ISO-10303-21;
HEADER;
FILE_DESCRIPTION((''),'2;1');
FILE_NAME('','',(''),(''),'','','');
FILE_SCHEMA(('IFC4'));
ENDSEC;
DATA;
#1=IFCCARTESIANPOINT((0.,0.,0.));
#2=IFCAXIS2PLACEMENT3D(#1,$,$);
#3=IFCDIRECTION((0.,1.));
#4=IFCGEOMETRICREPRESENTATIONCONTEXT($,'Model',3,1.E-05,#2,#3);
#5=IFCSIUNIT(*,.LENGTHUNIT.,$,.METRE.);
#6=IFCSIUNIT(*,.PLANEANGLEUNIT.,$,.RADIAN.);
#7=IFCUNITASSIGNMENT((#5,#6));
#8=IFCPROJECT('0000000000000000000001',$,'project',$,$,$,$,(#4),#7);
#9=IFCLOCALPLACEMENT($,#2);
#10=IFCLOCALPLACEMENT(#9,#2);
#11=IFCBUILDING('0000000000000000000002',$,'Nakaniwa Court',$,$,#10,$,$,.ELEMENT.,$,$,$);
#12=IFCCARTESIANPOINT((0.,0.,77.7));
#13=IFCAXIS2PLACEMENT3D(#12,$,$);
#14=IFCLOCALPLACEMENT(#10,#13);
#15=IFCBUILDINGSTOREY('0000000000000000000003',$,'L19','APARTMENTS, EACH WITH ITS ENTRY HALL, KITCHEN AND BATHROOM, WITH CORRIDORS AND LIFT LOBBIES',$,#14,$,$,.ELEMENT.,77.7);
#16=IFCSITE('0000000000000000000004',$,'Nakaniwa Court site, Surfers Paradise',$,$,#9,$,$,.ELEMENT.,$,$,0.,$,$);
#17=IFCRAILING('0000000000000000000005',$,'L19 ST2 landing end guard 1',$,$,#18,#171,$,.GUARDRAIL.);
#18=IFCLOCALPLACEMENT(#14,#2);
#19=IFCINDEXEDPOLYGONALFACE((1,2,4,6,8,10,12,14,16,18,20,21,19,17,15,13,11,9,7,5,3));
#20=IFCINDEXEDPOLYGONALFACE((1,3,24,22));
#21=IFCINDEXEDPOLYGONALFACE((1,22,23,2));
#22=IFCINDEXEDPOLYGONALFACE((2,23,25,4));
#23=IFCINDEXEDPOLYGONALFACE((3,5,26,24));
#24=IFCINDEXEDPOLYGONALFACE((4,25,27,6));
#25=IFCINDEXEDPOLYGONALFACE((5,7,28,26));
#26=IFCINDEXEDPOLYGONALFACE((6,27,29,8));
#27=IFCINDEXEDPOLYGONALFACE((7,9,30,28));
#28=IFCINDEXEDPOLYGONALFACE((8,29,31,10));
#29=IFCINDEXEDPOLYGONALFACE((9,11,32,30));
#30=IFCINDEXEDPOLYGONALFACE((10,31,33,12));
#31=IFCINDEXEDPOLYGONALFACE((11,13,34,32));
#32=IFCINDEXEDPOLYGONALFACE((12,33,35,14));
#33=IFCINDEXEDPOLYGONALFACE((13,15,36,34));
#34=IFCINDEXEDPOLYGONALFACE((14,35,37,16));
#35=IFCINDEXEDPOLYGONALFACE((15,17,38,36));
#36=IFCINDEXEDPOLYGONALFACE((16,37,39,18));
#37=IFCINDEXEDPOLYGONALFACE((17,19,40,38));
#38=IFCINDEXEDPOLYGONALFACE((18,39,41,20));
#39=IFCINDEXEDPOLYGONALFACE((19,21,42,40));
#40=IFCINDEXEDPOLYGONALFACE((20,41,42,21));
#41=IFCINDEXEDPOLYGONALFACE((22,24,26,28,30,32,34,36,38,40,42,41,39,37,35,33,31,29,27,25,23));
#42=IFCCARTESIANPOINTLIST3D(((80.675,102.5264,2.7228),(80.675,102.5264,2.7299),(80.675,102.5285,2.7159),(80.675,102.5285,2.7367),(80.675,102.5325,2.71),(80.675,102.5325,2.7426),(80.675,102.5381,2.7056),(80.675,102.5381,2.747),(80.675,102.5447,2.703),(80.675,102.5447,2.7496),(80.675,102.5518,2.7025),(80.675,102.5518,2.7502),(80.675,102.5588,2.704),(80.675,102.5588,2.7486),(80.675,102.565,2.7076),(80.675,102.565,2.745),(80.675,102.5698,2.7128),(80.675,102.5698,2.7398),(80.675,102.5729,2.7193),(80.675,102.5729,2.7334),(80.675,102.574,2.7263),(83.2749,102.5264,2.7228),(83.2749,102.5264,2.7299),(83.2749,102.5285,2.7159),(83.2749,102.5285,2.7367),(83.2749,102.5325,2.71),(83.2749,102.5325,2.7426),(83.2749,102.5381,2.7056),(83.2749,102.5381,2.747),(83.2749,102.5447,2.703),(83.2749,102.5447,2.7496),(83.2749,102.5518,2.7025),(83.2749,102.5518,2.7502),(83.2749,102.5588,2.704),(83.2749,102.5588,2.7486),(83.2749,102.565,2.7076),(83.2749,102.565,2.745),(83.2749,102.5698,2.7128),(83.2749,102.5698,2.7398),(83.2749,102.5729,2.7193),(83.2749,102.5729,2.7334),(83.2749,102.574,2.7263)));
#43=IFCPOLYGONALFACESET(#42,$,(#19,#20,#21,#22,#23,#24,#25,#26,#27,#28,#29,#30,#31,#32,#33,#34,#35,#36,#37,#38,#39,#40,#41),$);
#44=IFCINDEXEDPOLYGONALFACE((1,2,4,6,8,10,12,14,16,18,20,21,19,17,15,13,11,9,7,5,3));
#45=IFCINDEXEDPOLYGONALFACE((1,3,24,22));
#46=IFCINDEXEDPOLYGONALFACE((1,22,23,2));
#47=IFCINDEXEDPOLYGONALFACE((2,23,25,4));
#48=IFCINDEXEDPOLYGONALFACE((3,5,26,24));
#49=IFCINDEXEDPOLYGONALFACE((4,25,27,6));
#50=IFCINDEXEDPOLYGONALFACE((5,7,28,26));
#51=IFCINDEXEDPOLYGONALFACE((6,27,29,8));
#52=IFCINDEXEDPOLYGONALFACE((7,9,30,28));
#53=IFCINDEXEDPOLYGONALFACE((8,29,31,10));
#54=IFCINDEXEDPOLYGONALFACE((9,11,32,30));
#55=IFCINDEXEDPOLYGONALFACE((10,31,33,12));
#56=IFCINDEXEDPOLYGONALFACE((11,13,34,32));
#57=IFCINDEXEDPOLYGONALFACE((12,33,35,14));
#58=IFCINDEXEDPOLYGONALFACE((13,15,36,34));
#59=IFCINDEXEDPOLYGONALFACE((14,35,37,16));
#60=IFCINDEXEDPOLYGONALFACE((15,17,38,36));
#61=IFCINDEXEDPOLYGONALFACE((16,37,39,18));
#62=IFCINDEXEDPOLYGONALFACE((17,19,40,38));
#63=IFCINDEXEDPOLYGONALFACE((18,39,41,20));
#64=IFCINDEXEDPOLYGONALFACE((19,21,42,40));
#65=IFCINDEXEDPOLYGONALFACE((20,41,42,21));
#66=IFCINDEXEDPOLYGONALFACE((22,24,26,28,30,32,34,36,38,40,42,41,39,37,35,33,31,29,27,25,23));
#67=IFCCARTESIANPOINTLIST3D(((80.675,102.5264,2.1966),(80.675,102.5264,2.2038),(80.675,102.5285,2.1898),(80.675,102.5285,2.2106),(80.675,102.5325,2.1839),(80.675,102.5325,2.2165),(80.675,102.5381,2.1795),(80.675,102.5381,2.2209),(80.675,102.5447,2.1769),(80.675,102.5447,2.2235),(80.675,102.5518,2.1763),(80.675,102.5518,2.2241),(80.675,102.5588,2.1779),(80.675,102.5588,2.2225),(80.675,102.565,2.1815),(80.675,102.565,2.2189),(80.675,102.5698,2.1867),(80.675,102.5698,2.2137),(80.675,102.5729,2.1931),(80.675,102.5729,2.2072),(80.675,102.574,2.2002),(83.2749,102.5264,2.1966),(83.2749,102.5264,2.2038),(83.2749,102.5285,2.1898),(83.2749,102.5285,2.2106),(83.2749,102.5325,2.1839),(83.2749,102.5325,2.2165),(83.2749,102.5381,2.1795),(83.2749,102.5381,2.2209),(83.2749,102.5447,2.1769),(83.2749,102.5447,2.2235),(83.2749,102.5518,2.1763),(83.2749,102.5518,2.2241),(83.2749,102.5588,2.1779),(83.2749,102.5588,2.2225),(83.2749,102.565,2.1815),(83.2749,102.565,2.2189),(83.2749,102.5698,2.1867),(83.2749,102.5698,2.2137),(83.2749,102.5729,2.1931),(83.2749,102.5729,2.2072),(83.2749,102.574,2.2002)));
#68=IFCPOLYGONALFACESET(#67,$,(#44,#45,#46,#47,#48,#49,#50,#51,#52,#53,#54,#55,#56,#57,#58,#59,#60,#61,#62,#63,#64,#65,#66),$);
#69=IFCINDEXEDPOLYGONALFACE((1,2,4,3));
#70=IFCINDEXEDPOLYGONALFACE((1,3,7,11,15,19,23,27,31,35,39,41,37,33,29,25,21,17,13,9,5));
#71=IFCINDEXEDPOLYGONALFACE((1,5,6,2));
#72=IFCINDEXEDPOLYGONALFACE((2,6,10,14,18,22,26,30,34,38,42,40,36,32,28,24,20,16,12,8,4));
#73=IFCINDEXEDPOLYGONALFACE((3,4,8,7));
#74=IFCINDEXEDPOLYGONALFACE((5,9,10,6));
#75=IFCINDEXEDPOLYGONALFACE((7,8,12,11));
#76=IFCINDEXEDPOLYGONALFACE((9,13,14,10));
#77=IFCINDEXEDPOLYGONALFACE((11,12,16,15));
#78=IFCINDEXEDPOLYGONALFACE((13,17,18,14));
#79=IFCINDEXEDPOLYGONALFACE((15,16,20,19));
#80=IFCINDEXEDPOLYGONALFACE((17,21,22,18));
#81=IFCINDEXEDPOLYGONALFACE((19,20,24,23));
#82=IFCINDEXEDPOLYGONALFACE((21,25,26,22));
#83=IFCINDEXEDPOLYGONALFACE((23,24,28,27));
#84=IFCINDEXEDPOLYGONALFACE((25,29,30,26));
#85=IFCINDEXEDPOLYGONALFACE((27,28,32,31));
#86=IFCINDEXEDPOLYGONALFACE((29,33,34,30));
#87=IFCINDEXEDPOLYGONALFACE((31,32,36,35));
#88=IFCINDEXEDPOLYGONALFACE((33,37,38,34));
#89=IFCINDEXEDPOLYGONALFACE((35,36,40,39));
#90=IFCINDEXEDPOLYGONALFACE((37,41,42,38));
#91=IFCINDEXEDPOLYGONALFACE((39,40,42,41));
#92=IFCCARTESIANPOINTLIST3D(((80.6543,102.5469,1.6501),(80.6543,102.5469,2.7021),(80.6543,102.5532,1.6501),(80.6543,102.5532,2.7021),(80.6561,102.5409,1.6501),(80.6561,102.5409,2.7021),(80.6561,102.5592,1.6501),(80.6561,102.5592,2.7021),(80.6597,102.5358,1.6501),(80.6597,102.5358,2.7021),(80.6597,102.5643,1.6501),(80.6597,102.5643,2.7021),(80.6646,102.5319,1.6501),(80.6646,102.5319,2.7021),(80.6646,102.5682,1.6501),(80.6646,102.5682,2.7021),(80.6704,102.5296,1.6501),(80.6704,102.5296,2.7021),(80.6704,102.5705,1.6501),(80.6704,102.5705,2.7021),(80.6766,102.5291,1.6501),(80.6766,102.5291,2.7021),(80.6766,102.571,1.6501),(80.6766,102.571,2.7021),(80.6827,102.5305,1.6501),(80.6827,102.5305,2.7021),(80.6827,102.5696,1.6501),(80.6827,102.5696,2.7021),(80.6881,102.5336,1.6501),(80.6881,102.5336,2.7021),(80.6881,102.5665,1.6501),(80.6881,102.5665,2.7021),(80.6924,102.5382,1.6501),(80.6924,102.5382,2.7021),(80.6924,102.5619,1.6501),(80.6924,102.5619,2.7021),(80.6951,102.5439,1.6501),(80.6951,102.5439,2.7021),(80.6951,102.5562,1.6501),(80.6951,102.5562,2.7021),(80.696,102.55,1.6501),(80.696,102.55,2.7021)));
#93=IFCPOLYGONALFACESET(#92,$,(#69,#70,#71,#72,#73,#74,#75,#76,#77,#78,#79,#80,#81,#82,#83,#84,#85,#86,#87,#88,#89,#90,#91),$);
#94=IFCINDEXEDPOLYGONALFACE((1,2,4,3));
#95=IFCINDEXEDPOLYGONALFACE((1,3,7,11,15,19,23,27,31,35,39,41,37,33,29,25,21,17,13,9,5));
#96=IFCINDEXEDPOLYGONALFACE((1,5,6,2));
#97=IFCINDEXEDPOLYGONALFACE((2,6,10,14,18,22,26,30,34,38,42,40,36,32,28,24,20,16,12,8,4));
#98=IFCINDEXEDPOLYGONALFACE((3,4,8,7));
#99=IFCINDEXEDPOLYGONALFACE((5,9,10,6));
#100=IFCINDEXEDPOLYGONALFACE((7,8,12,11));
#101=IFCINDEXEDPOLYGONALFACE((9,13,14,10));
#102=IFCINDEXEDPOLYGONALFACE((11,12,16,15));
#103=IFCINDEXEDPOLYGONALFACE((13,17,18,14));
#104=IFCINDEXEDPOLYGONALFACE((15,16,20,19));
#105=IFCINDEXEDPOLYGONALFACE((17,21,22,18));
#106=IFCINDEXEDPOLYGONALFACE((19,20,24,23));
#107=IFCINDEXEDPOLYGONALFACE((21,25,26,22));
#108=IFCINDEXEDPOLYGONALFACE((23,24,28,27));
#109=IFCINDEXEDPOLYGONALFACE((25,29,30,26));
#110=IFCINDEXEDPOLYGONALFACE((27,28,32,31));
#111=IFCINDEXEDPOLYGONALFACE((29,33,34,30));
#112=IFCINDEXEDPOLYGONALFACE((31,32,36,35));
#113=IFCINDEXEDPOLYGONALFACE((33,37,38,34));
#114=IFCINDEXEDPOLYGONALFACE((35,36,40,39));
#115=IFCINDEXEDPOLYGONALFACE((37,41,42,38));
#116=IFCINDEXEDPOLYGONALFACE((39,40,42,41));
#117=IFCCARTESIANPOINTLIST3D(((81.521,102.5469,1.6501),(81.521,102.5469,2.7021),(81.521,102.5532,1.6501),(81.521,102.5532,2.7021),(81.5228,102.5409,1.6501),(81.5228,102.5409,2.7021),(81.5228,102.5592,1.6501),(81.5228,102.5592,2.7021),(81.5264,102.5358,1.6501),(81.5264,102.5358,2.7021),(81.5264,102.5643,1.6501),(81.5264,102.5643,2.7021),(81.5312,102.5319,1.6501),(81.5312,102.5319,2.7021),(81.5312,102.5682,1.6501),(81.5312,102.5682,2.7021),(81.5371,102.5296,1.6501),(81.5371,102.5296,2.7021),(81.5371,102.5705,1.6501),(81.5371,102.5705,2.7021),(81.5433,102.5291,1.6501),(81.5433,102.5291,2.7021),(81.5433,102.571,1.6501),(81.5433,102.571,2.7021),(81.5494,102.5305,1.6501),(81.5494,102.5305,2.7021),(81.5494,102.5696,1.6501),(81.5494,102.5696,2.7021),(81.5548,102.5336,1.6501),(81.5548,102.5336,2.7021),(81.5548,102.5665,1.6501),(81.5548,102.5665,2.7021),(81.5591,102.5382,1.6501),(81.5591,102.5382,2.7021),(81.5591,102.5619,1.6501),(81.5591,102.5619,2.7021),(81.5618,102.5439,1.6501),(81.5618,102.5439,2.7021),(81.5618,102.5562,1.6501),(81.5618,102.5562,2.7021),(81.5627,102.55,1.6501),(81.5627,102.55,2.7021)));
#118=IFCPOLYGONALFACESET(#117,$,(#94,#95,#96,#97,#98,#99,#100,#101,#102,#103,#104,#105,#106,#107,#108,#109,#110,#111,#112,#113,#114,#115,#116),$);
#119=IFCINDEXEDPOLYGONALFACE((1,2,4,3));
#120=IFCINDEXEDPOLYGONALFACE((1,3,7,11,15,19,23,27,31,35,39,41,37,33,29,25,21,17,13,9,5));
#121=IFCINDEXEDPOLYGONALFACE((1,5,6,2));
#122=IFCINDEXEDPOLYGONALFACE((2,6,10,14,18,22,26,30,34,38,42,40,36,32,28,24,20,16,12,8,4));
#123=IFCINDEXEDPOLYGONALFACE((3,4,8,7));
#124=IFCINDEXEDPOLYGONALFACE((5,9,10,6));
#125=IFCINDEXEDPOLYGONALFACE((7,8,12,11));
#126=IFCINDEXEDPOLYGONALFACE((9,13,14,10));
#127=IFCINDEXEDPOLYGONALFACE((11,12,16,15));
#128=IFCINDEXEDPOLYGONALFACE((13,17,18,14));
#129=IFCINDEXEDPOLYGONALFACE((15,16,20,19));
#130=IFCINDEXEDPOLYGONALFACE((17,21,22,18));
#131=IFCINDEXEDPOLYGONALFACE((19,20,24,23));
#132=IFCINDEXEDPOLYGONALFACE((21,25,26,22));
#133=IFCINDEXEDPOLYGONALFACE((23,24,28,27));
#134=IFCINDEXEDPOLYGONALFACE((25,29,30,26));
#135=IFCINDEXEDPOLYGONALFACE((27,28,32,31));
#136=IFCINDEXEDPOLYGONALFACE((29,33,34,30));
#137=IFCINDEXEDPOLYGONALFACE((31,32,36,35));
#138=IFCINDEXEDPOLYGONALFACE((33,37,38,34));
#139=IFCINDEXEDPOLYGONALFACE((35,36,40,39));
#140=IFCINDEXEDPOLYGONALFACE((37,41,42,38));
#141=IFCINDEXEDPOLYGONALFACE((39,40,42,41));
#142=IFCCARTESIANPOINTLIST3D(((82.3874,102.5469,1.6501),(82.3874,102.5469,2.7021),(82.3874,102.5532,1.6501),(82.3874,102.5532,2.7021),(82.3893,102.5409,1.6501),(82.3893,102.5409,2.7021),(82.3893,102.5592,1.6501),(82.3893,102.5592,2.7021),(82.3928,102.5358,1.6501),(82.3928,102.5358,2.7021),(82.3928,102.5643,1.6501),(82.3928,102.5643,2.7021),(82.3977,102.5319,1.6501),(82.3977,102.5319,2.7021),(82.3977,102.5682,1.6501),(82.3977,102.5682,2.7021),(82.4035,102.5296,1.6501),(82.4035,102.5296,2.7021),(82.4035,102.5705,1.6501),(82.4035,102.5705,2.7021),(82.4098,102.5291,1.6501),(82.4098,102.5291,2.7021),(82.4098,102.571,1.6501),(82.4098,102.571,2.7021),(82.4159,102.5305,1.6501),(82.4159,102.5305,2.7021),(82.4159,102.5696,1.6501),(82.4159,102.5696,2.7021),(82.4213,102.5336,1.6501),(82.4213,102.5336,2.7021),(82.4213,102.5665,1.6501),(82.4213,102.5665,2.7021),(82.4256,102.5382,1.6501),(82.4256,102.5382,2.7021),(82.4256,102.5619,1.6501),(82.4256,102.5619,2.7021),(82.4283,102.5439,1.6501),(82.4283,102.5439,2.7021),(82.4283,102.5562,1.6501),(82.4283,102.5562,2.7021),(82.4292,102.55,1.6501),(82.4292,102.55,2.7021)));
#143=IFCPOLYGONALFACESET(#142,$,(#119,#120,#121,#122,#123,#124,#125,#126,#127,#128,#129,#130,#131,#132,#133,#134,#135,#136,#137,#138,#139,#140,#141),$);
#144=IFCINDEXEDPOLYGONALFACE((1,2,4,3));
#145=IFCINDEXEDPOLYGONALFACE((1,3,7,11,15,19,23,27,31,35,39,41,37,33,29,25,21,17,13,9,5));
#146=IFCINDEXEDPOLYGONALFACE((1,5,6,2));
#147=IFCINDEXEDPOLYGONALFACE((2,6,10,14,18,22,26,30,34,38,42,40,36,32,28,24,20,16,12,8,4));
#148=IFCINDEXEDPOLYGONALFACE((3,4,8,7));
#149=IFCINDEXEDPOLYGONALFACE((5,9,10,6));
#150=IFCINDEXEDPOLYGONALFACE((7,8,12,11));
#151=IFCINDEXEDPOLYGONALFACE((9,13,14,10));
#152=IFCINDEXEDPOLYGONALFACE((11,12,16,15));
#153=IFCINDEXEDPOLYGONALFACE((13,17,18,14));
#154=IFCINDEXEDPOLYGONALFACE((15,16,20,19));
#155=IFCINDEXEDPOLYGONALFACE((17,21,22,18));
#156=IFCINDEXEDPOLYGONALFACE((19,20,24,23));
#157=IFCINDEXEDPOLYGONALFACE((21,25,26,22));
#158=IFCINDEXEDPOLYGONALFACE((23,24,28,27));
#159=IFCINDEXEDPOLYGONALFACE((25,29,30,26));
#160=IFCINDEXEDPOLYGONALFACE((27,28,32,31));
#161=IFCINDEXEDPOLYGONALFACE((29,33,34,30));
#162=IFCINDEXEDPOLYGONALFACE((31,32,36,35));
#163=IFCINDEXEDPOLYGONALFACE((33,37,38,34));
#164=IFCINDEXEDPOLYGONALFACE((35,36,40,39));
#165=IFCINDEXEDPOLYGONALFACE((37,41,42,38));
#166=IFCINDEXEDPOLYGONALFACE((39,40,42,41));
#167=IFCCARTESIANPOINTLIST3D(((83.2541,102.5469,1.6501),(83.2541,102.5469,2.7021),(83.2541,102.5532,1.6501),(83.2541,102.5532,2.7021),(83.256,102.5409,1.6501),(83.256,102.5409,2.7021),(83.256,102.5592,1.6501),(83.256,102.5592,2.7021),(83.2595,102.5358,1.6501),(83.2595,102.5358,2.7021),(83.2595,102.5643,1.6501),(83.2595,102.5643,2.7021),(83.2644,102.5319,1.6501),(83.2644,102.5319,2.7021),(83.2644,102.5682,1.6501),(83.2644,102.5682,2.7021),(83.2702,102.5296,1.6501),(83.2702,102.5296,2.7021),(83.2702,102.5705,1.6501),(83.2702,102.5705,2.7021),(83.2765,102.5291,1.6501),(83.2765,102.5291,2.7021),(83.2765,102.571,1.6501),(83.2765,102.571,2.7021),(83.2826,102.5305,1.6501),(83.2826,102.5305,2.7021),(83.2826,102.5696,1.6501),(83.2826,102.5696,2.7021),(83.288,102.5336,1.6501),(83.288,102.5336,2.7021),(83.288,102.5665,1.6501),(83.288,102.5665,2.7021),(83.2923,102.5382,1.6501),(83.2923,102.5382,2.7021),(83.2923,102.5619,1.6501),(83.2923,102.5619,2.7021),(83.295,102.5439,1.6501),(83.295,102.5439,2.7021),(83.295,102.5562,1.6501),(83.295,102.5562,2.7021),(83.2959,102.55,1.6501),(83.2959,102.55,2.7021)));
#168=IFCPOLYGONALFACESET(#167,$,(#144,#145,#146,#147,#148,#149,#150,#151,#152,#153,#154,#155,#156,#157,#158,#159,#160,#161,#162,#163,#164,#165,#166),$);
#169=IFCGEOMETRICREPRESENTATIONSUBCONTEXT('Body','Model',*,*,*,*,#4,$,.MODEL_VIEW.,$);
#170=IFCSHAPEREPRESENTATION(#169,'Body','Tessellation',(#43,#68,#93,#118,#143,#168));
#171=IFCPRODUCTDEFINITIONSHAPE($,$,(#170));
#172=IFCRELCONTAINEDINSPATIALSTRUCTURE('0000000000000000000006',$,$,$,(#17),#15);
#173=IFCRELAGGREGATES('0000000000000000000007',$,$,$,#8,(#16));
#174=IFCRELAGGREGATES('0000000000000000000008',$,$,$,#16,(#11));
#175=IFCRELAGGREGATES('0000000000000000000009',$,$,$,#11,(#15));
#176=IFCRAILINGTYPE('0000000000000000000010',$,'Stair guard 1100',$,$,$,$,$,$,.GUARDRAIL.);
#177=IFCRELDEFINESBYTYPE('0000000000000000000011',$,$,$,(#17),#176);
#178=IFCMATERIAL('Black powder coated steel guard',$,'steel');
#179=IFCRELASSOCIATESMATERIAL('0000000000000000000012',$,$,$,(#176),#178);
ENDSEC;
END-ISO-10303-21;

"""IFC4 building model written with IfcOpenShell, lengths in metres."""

from ifc_helpers import new_model, si_unit, direction, frame, origin, origin_2d, place, context, subcontext, project, spatial, circle, extrude, material, type_object, element, save


model = new_model("IFC4")

# Units and contexts
model_context = context("Model", 3, precision=1e-05, world=origin(), true_north=direction((0.0, 1.0)))
body_context = subcontext(model_context, "Body", "Model", "MODEL_VIEW")
ifc_project = project(units=[si_unit("LENGTHUNIT", "METRE"), si_unit("PLANEANGLEUNIT", "RADIAN")], contexts=[model_context])

# Site, building, storey
site_placement = place(None, origin())
site = spatial("IfcSite", under=ifc_project, at=site_placement, Name="Nakaniwa Court site, Surfers Paradise", CompositionType="ELEMENT", RefElevation=0.0)
building_placement = place(site_placement, origin())
building = spatial("IfcBuilding", under=site, at=building_placement, Name="Nakaniwa Court", CompositionType="ELEMENT")
storey_placement = place(building_placement, frame((0.0, 0.0, 77.7)))
storey = spatial("IfcBuildingStorey", under=building, at=storey_placement, Name="L19", Description="APARTMENTS, EACH WITH ITS ENTRY HALL, KITCHEN AND BATHROOM, WITH CORRIDORS AND LIFT LOBBIES", CompositionType="ELEMENT", Elevation=77.7)

# Railing
ifc_material_1 = material(Name="Black powder coated steel guard", Category="steel")
railing_type_1 = type_object("IfcRailingType", Name="Stair guard 1100", PredefinedType="GUARDRAIL", material=ifc_material_1)
railing_1_placement = place(storey_placement, frame((80.675, 102.55, 1.6501)))
element("IfcRailing", 1, at=railing_1_placement, inside=storey, type_object=railing_type_1, Name="L19 ST2 landing end guard 1", PredefinedType="GUARDRAIL", context=body_context, shape_type="SweptSolid", body=[
    extrude(circle(Radius=0.0239, at=origin_2d()), frame((0.0, 0.0, 1.0762), z_axis=(1.0, 0.0, 0.0), x_axis=(0.0, 1.0, 0.0)), (0.0, 0.0, 1.0), 2.5999),
    extrude(circle(Radius=0.0239, at=origin_2d()), frame((0.0, 0.0, 0.55), z_axis=(1.0, 0.0, 0.0), x_axis=(0.0, 1.0, 0.0)), (0.0, 0.0, 1.0), 2.5999),
    extrude(circle(Radius=0.021, at=origin_2d()), origin(), (0.0, 0.0, 1.0), 1.052),
    extrude(circle(Radius=0.021, at=origin_2d()), frame((0.8667, 0.0, 0.0)), (0.0, 0.0, 1.0), 1.052),
    extrude(circle(Radius=0.021, at=origin_2d()), frame((1.7332, 0.0, 0.0)), (0.0, 0.0, 1.0), 1.052),
    extrude(circle(Radius=0.021, at=origin_2d()), frame((2.5999, 0.0, 0.0)), (0.0, 0.0, 1.0), 1.052),
])

save(model, "model.ifc")
